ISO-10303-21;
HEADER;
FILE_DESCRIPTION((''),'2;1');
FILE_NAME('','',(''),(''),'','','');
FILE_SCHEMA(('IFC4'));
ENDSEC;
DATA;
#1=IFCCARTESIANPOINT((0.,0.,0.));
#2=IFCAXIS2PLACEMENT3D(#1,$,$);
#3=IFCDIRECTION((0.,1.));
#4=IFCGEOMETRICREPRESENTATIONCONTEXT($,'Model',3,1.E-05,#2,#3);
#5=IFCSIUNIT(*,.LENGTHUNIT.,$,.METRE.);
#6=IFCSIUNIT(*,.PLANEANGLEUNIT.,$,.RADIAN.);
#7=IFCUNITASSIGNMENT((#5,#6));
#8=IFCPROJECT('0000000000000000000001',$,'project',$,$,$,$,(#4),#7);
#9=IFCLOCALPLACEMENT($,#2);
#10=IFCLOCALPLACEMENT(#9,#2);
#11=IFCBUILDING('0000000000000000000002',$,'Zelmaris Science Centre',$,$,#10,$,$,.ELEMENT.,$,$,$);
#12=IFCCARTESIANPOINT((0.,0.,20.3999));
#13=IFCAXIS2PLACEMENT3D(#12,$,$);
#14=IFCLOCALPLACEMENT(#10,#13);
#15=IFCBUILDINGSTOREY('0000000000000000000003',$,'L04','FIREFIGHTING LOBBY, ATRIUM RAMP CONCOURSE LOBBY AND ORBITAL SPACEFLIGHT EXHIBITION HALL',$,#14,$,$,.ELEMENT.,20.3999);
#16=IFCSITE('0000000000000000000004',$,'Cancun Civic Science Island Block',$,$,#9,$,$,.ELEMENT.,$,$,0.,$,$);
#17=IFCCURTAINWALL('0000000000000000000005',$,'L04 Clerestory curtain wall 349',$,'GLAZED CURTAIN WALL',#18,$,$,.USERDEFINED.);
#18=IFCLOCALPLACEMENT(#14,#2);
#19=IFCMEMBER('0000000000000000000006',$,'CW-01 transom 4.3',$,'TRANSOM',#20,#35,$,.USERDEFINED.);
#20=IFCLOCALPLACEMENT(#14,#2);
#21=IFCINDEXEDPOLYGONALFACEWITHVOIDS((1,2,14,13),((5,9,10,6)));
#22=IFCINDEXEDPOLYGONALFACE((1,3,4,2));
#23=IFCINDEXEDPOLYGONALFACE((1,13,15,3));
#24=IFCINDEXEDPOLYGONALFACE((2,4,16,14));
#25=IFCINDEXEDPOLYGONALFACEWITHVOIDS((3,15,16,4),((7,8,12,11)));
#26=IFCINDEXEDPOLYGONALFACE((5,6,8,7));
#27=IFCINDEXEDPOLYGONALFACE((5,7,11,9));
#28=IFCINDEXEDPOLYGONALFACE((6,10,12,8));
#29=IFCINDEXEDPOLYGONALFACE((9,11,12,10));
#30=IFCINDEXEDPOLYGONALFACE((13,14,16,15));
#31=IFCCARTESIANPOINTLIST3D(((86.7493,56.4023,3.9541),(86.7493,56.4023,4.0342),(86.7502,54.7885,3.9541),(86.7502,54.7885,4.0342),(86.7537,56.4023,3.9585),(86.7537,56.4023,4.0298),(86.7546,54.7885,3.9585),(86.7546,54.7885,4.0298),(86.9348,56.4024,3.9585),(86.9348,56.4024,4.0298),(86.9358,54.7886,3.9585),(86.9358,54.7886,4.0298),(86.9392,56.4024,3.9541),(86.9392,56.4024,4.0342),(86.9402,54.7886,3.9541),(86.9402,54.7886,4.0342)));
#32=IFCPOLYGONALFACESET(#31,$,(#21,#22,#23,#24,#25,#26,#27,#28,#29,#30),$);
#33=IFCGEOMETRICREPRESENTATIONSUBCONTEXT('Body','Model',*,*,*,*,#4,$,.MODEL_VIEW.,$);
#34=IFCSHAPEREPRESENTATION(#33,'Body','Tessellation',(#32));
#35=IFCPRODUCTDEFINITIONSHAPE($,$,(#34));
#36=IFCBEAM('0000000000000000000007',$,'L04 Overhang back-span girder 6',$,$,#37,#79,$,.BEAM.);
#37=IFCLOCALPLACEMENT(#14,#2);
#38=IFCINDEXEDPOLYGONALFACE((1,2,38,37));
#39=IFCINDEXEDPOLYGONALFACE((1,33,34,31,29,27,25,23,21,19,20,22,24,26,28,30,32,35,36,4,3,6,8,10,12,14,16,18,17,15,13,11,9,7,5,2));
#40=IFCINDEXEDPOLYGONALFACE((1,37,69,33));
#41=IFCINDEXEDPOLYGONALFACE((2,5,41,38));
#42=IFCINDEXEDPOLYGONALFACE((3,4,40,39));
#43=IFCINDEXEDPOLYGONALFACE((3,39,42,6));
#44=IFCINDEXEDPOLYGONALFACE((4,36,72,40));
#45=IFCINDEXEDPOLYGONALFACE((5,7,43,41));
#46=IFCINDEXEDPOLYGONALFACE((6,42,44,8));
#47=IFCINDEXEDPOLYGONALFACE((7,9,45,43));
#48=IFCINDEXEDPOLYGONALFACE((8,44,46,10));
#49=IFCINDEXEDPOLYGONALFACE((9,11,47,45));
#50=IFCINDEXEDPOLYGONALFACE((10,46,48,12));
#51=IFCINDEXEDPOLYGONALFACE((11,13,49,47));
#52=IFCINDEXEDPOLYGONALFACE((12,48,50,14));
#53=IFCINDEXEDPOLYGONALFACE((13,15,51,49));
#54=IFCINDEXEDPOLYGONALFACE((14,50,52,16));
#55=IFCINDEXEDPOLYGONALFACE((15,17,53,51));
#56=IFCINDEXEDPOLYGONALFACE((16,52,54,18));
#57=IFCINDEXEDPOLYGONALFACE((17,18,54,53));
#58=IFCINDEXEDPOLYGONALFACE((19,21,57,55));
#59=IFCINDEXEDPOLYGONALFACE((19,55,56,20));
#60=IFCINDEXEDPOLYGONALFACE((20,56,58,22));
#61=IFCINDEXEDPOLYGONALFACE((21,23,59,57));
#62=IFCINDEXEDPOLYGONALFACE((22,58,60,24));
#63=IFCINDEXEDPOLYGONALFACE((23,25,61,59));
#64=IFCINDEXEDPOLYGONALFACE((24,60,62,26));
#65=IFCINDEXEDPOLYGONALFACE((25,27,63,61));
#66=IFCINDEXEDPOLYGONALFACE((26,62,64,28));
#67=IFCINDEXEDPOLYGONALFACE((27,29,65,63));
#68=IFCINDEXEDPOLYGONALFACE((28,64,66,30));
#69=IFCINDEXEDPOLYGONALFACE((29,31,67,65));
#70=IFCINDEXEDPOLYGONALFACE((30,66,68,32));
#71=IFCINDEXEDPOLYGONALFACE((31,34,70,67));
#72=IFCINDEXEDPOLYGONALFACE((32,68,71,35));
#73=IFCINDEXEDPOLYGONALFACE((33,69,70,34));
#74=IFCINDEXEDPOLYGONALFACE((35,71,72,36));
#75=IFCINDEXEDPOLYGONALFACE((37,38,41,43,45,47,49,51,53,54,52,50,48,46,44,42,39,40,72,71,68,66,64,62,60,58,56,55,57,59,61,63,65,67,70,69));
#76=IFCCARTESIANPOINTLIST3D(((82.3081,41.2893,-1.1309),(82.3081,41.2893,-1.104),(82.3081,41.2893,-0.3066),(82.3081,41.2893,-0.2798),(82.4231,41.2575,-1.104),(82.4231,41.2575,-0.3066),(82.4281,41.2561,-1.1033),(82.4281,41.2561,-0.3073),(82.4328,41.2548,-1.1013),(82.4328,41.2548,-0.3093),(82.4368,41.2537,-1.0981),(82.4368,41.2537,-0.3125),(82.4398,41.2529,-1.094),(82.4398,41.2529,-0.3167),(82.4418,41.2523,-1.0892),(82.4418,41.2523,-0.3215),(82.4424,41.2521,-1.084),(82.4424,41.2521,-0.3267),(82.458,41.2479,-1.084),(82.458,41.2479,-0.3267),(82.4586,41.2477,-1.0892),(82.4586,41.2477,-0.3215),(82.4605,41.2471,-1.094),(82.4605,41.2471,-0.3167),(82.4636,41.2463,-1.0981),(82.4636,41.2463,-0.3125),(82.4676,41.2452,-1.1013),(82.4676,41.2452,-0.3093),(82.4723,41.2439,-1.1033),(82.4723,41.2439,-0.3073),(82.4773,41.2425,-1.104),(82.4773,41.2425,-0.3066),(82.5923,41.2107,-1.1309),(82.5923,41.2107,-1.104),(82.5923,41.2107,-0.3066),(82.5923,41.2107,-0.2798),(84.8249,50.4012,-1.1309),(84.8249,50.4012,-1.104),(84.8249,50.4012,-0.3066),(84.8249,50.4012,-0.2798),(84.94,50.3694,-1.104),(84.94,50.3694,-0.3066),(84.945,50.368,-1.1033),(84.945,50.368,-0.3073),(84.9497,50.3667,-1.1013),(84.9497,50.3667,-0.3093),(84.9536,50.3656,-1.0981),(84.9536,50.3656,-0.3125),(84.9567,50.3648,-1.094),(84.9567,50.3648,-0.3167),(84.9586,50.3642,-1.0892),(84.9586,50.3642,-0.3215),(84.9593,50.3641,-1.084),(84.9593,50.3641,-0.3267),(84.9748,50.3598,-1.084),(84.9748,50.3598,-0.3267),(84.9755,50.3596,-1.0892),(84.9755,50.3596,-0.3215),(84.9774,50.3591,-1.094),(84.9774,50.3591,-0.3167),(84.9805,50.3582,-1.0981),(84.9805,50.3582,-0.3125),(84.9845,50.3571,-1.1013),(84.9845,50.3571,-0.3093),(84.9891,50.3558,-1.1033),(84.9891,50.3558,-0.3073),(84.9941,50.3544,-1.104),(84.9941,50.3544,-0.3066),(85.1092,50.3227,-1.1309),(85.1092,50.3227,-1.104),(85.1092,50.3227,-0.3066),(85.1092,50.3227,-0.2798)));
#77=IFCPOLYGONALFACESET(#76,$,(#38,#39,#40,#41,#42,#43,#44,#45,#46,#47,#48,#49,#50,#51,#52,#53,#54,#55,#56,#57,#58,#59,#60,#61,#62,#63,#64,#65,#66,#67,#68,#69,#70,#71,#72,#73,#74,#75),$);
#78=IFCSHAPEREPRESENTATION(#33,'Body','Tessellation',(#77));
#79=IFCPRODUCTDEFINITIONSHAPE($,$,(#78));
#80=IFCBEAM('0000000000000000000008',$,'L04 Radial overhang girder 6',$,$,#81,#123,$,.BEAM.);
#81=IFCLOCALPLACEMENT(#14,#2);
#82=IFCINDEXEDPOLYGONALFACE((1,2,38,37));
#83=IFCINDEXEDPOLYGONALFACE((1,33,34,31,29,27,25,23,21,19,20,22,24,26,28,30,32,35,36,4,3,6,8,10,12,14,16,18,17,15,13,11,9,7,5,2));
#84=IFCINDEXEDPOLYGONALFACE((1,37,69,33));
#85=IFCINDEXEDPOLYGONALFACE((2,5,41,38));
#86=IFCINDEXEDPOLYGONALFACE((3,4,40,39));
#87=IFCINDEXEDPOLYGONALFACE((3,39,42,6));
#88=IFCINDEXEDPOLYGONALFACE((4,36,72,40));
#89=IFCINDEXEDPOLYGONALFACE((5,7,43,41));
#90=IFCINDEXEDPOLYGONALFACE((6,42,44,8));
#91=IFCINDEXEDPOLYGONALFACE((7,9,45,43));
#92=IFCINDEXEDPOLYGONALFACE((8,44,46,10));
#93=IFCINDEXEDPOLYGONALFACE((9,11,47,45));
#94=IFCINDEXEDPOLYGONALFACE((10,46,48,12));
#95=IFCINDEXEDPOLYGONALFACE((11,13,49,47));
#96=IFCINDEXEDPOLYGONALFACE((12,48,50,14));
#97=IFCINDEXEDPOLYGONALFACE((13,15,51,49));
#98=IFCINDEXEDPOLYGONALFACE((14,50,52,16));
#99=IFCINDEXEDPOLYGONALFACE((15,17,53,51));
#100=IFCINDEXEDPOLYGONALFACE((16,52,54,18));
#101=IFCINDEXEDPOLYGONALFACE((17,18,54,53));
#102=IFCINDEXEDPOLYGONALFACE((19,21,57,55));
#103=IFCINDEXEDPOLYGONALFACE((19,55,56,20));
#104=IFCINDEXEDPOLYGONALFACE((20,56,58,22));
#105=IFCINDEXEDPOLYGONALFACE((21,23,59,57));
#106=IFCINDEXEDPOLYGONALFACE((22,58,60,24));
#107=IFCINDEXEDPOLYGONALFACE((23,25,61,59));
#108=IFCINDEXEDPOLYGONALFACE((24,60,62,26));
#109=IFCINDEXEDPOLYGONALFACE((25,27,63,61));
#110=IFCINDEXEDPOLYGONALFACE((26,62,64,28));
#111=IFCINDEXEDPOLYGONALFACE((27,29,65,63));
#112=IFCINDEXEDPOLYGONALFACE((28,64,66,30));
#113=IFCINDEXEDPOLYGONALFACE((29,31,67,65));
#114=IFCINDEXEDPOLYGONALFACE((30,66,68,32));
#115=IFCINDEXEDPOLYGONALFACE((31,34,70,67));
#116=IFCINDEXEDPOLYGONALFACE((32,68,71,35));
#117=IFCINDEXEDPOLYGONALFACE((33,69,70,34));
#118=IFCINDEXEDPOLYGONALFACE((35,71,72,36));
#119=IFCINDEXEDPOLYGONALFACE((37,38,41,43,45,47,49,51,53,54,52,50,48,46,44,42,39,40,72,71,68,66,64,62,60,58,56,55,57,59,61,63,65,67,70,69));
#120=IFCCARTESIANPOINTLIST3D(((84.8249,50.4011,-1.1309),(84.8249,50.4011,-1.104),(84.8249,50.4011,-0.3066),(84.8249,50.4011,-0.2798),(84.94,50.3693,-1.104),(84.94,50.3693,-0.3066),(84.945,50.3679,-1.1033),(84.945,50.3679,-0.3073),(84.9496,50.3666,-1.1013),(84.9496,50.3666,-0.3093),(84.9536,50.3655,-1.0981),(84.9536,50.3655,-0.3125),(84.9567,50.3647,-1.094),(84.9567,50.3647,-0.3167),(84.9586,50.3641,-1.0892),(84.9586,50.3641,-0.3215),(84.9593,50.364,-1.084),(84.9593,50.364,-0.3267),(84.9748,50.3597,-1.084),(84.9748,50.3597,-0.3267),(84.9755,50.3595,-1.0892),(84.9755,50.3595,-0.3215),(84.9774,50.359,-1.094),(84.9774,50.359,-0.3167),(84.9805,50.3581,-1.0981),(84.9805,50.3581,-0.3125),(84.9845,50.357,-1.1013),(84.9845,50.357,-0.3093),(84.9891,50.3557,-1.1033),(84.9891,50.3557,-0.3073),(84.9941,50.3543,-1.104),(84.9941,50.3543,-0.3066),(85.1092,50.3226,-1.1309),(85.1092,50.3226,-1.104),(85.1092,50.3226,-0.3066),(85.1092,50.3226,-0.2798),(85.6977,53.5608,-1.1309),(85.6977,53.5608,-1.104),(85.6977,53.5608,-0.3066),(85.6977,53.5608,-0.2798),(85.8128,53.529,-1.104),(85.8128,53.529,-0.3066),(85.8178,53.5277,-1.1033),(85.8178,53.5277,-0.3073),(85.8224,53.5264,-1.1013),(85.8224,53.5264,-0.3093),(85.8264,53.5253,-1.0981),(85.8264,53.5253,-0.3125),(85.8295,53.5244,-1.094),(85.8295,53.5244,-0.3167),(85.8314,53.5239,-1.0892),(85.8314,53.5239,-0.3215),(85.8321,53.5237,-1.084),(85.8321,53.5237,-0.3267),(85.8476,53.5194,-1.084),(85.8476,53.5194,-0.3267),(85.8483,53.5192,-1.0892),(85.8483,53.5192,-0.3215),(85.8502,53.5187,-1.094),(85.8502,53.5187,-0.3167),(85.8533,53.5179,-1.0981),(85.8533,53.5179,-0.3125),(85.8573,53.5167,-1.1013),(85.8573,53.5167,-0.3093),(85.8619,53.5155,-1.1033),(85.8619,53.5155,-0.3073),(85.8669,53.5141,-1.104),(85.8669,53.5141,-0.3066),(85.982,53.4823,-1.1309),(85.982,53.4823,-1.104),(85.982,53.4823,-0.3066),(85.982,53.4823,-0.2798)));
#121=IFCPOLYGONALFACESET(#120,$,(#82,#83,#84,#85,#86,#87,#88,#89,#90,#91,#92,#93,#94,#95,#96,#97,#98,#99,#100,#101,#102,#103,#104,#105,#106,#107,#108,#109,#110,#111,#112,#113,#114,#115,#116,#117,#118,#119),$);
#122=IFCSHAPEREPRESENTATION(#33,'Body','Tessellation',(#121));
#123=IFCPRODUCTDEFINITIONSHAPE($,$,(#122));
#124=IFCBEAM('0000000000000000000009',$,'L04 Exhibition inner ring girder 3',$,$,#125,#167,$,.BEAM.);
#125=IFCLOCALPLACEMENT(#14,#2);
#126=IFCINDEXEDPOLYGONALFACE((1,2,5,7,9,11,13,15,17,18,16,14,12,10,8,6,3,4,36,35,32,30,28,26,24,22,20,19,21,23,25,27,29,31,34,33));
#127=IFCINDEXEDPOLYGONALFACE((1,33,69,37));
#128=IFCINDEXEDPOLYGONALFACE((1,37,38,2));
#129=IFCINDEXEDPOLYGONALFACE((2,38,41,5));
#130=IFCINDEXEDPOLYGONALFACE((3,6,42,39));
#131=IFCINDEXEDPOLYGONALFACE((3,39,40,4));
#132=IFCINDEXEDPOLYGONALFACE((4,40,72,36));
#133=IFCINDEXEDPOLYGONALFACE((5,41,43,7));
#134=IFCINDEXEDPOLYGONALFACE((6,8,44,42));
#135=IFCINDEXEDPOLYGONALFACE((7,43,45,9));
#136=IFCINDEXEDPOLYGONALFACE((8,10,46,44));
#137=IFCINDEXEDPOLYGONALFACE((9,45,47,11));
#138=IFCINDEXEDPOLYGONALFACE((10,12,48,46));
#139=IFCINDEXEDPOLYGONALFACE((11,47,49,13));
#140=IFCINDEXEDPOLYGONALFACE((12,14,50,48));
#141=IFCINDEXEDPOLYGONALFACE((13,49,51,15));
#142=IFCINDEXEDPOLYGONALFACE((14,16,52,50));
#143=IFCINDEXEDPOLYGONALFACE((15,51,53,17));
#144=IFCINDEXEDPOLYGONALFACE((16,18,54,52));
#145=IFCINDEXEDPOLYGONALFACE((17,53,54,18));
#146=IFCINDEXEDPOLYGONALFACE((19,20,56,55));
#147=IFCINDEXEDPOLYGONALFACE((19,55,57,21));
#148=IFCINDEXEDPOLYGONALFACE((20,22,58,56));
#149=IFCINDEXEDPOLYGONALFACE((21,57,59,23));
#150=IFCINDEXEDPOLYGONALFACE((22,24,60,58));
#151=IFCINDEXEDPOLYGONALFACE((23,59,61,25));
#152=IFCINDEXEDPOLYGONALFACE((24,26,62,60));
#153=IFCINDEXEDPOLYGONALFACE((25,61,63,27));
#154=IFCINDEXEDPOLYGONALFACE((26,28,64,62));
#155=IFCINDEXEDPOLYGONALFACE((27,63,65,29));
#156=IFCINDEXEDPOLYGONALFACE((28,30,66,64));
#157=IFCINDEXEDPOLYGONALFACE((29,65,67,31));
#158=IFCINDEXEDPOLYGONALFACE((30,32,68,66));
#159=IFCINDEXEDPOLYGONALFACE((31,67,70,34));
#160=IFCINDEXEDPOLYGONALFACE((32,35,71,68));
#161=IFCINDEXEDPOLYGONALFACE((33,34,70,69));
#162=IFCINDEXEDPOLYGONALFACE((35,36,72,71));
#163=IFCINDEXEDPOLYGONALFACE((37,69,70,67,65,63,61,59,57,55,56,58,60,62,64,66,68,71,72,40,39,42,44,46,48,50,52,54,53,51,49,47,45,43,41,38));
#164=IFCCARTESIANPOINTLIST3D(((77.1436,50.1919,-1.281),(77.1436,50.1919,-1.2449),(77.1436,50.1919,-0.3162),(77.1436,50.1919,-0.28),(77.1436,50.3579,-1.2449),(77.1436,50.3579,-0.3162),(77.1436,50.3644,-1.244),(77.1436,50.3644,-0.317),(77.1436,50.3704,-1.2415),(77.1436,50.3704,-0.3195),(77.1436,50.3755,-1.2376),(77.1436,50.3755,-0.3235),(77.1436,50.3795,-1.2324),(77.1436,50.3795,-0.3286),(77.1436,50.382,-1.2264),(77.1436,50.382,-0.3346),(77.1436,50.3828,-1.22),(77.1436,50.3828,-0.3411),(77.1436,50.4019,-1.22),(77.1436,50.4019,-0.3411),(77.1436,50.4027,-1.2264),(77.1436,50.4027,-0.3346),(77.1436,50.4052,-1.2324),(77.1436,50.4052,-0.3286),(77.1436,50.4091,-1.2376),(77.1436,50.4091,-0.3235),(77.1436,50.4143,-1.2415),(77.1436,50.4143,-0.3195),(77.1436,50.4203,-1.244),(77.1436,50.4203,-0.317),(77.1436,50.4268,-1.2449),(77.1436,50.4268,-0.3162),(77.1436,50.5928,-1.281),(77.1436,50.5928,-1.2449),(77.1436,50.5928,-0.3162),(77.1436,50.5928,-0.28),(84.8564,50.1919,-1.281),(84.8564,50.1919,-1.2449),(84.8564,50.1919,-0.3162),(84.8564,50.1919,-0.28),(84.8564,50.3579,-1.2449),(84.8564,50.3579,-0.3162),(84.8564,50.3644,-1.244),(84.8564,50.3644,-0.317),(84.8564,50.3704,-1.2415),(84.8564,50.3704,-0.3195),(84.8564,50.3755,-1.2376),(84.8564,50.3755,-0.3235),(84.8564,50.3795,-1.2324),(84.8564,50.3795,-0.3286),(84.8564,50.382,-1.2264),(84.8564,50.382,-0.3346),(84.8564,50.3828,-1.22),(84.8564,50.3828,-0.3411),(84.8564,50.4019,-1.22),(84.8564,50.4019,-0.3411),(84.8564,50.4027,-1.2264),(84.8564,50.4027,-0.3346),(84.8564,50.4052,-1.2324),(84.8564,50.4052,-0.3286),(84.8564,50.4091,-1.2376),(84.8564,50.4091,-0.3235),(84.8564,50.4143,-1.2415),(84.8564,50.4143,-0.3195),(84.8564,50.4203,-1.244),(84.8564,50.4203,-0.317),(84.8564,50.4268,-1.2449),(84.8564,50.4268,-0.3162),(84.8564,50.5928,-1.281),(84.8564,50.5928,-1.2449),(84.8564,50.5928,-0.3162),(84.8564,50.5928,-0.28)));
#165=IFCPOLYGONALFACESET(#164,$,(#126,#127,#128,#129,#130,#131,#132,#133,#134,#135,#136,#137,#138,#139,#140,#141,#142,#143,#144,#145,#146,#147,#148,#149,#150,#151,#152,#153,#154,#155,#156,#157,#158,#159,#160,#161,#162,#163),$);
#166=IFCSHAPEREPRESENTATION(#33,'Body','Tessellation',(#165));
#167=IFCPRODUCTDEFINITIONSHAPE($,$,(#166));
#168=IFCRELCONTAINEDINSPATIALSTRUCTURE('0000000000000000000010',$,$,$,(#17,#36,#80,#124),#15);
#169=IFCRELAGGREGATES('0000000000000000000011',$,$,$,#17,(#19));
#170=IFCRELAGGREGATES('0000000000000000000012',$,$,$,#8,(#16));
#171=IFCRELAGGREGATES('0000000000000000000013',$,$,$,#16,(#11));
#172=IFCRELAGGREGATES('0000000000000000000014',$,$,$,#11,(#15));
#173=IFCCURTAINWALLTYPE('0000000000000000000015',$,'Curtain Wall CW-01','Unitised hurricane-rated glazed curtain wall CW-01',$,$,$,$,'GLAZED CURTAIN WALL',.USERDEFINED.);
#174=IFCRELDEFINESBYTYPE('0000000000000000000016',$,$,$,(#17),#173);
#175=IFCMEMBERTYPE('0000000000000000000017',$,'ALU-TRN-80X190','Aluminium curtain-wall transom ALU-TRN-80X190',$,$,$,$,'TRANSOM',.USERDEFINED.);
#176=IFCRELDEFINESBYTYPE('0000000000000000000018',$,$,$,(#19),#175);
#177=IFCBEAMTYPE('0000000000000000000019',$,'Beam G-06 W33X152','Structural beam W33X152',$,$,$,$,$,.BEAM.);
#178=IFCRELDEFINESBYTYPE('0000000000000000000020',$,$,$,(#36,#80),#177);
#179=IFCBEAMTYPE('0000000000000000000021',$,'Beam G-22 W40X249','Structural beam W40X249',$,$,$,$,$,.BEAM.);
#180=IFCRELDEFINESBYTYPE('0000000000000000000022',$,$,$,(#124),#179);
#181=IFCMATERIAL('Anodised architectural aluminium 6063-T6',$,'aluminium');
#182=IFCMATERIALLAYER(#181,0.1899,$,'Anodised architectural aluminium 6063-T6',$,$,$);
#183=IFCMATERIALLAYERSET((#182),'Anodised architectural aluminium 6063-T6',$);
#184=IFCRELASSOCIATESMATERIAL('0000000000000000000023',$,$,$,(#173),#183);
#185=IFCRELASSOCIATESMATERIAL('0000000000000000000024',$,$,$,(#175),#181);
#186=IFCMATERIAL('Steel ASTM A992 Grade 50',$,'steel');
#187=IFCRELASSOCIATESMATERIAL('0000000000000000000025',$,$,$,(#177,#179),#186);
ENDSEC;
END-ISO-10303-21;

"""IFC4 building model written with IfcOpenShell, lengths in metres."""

from ifc_helpers import new_model, si_unit, direction, frame, origin, origin_2d, place, context, subcontext, project, spatial, hollow_rectangle, i_section, extrude, material, layer, layer_set, material_profile, profile_set, type_object, element, aggregate, save


model = new_model("IFC4")

# Units and contexts
model_context = context("Model", 3, precision=1e-05, world=origin(), true_north=direction((0.0, 1.0)))
body_context = subcontext(model_context, "Body", "Model", "MODEL_VIEW")
ifc_project = project(units=[si_unit("LENGTHUNIT", "METRE"), si_unit("PLANEANGLEUNIT", "RADIAN")], contexts=[model_context])

# Site, building, storey
site_placement = place(None, origin())
site = spatial("IfcSite", under=ifc_project, at=site_placement, Name="Cancun Civic Science Island Block", CompositionType="ELEMENT", RefElevation=0.0)
building_placement = place(site_placement, origin())
building = spatial("IfcBuilding", under=site, at=building_placement, Name="Zelmaris Science Centre", CompositionType="ELEMENT")
storey_placement = place(building_placement, frame((0.0, 0.0, 20.3999)))
storey = spatial("IfcBuildingStorey", under=building, at=storey_placement, Name="L04", Description="FIREFIGHTING LOBBY, ATRIUM RAMP CONCOURSE LOBBY AND ORBITAL SPACEFLIGHT EXHIBITION HALL", CompositionType="ELEMENT", Elevation=20.3999)

# Shared definitions
ifc_material_1 = material(Name="Steel ASTM A992 Grade 50", Category="steel")

# Curtain wall, member
ifc_material_2 = material(Name="Anodised architectural aluminium 6063-T6", Category="aluminium")
ifc_layer_1 = layer(ifc_material_2, 0.1899, Name="Anodised architectural aluminium 6063-T6")
ifc_layer_set_1 = layer_set([ifc_layer_1], Name="Anodised architectural aluminium 6063-T6")
curtain_wall_type = type_object("IfcCurtainWallType", Name="Curtain Wall CW-01", Description="Unitised hurricane-rated glazed curtain wall CW-01", ElementType="GLAZED CURTAIN WALL", PredefinedType="USERDEFINED", material=ifc_layer_set_1)
curtain_wall_placement = place(storey_placement, origin())
curtain_wall = element("IfcCurtainWall", 1, at=curtain_wall_placement, inside=storey, type_object=curtain_wall_type, Name="L04 Clerestory curtain wall 349", ObjectType="GLAZED CURTAIN WALL", PredefinedType="USERDEFINED")
ifc_material_profile_1 = material_profile(ifc_material_2, hollow_rectangle(XDim=0.0801, YDim=0.1899, WallThickness=0.0044, at=origin_2d()), Name="ALU-TRN-80X190")
ifc_profile_set_1 = profile_set([ifc_material_profile_1], Name="Anodised architectural aluminium 6063-T6")
member_type_1 = type_object("IfcMemberType", Name="ALU-TRN-80X190", Description="Aluminium curtain-wall transom ALU-TRN-80X190", ElementType="TRANSOM", PredefinedType="USERDEFINED", material=ifc_profile_set_1)
member_1_placement = place(storey_placement, frame((86.8442, 56.4023, 3.9941), z_axis=(0.000605, -1.0, 0.0), x_axis=(0.0, 0.0, 1.0)))
member_1 = element("IfcMember", 2, at=member_1_placement, type_object=member_type_1, Name="CW-01 transom 4.3", ObjectType="TRANSOM", PredefinedType="USERDEFINED", context=body_context, shape_type="SweptSolid", body=[
    extrude(hollow_rectangle(XDim=0.0801, YDim=0.1899, WallThickness=0.0044, at=origin_2d()), origin(), (0.0, 0.0, 1.0), 1.6138),
])

# Beams
ifc_material_profile_2 = material_profile(ifc_material_1, i_section(OverallWidth=0.2949, OverallDepth=0.8511, WebThickness=0.0161, FlangeThickness=0.0269, FilletRadius=0.02, at=origin_2d()), Name="W33X152")
ifc_profile_set_2 = profile_set([ifc_material_profile_2], Name="Steel ASTM A992 Grade 50")
beam_type_1 = type_object("IfcBeamType", Name="Beam G-06 W33X152", Description="Structural beam W33X152", PredefinedType="BEAM", material=ifc_profile_set_2)
beam_1_placement = place(storey_placement, frame((82.4502, 41.25, -0.7053), z_axis=(0.266248, 0.963905, 0.0), x_axis=(-0.963905, 0.266248, 0.0)))
element("IfcBeam", 3, at=beam_1_placement, inside=storey, type_object=beam_type_1, Name="L04 Overhang back-span girder 6", PredefinedType="BEAM", context=body_context, shape_type="SweptSolid", body=[
    extrude(i_section(OverallWidth=0.2949, OverallDepth=0.8511, WebThickness=0.0161, FlangeThickness=0.0269, FilletRadius=0.02, at=origin_2d()), origin(), (0.0, 0.0, 1.0), 9.4531),
])
beam_2_placement = place(storey_placement, frame((84.967, 50.3618, -0.7053), z_axis=(0.266261, 0.963901, 0.0), x_axis=(-0.963901, 0.266261, 0.0)))
element("IfcBeam", 4, at=beam_2_placement, inside=storey, type_object=beam_type_1, Name="L04 Radial overhang girder 6", PredefinedType="BEAM", context=body_context, shape_type="SweptSolid", body=[
    extrude(i_section(OverallWidth=0.2949, OverallDepth=0.8511, WebThickness=0.0161, FlangeThickness=0.0269, FilletRadius=0.02, at=origin_2d()), origin(), (0.0, 0.0, 1.0), 3.2781),
])
ifc_material_profile_3 = material_profile(ifc_material_1, i_section(OverallWidth=0.4009, OverallDepth=1.001, WebThickness=0.019, FlangeThickness=0.0361, FilletRadius=0.0249, at=origin_2d()), Name="W40X249")
ifc_profile_set_3 = profile_set([ifc_material_profile_3], Name="Steel ASTM A992 Grade 50")
beam_type_2 = type_object("IfcBeamType", Name="Beam G-22 W40X249", Description="Structural beam W40X249", PredefinedType="BEAM", material=ifc_profile_set_3)
beam_3_placement = place(storey_placement, frame((84.8564, 50.3923, -0.7805), z_axis=(-1.0, 0.0, 0.0), x_axis=(0.0, -1.0, 0.0)))
element("IfcBeam", 5, at=beam_3_placement, inside=storey, type_object=beam_type_2, Name="L04 Exhibition inner ring girder 3", PredefinedType="BEAM", context=body_context, shape_type="SweptSolid", body=[
    extrude(i_section(OverallWidth=0.4009, OverallDepth=1.001, WebThickness=0.019, FlangeThickness=0.0361, FilletRadius=0.0249, at=origin_2d()), origin(), (0.0, 0.0, 1.0), 7.7129),
])

aggregate(curtain_wall, [member_1])

save(model, "model.ifc")
